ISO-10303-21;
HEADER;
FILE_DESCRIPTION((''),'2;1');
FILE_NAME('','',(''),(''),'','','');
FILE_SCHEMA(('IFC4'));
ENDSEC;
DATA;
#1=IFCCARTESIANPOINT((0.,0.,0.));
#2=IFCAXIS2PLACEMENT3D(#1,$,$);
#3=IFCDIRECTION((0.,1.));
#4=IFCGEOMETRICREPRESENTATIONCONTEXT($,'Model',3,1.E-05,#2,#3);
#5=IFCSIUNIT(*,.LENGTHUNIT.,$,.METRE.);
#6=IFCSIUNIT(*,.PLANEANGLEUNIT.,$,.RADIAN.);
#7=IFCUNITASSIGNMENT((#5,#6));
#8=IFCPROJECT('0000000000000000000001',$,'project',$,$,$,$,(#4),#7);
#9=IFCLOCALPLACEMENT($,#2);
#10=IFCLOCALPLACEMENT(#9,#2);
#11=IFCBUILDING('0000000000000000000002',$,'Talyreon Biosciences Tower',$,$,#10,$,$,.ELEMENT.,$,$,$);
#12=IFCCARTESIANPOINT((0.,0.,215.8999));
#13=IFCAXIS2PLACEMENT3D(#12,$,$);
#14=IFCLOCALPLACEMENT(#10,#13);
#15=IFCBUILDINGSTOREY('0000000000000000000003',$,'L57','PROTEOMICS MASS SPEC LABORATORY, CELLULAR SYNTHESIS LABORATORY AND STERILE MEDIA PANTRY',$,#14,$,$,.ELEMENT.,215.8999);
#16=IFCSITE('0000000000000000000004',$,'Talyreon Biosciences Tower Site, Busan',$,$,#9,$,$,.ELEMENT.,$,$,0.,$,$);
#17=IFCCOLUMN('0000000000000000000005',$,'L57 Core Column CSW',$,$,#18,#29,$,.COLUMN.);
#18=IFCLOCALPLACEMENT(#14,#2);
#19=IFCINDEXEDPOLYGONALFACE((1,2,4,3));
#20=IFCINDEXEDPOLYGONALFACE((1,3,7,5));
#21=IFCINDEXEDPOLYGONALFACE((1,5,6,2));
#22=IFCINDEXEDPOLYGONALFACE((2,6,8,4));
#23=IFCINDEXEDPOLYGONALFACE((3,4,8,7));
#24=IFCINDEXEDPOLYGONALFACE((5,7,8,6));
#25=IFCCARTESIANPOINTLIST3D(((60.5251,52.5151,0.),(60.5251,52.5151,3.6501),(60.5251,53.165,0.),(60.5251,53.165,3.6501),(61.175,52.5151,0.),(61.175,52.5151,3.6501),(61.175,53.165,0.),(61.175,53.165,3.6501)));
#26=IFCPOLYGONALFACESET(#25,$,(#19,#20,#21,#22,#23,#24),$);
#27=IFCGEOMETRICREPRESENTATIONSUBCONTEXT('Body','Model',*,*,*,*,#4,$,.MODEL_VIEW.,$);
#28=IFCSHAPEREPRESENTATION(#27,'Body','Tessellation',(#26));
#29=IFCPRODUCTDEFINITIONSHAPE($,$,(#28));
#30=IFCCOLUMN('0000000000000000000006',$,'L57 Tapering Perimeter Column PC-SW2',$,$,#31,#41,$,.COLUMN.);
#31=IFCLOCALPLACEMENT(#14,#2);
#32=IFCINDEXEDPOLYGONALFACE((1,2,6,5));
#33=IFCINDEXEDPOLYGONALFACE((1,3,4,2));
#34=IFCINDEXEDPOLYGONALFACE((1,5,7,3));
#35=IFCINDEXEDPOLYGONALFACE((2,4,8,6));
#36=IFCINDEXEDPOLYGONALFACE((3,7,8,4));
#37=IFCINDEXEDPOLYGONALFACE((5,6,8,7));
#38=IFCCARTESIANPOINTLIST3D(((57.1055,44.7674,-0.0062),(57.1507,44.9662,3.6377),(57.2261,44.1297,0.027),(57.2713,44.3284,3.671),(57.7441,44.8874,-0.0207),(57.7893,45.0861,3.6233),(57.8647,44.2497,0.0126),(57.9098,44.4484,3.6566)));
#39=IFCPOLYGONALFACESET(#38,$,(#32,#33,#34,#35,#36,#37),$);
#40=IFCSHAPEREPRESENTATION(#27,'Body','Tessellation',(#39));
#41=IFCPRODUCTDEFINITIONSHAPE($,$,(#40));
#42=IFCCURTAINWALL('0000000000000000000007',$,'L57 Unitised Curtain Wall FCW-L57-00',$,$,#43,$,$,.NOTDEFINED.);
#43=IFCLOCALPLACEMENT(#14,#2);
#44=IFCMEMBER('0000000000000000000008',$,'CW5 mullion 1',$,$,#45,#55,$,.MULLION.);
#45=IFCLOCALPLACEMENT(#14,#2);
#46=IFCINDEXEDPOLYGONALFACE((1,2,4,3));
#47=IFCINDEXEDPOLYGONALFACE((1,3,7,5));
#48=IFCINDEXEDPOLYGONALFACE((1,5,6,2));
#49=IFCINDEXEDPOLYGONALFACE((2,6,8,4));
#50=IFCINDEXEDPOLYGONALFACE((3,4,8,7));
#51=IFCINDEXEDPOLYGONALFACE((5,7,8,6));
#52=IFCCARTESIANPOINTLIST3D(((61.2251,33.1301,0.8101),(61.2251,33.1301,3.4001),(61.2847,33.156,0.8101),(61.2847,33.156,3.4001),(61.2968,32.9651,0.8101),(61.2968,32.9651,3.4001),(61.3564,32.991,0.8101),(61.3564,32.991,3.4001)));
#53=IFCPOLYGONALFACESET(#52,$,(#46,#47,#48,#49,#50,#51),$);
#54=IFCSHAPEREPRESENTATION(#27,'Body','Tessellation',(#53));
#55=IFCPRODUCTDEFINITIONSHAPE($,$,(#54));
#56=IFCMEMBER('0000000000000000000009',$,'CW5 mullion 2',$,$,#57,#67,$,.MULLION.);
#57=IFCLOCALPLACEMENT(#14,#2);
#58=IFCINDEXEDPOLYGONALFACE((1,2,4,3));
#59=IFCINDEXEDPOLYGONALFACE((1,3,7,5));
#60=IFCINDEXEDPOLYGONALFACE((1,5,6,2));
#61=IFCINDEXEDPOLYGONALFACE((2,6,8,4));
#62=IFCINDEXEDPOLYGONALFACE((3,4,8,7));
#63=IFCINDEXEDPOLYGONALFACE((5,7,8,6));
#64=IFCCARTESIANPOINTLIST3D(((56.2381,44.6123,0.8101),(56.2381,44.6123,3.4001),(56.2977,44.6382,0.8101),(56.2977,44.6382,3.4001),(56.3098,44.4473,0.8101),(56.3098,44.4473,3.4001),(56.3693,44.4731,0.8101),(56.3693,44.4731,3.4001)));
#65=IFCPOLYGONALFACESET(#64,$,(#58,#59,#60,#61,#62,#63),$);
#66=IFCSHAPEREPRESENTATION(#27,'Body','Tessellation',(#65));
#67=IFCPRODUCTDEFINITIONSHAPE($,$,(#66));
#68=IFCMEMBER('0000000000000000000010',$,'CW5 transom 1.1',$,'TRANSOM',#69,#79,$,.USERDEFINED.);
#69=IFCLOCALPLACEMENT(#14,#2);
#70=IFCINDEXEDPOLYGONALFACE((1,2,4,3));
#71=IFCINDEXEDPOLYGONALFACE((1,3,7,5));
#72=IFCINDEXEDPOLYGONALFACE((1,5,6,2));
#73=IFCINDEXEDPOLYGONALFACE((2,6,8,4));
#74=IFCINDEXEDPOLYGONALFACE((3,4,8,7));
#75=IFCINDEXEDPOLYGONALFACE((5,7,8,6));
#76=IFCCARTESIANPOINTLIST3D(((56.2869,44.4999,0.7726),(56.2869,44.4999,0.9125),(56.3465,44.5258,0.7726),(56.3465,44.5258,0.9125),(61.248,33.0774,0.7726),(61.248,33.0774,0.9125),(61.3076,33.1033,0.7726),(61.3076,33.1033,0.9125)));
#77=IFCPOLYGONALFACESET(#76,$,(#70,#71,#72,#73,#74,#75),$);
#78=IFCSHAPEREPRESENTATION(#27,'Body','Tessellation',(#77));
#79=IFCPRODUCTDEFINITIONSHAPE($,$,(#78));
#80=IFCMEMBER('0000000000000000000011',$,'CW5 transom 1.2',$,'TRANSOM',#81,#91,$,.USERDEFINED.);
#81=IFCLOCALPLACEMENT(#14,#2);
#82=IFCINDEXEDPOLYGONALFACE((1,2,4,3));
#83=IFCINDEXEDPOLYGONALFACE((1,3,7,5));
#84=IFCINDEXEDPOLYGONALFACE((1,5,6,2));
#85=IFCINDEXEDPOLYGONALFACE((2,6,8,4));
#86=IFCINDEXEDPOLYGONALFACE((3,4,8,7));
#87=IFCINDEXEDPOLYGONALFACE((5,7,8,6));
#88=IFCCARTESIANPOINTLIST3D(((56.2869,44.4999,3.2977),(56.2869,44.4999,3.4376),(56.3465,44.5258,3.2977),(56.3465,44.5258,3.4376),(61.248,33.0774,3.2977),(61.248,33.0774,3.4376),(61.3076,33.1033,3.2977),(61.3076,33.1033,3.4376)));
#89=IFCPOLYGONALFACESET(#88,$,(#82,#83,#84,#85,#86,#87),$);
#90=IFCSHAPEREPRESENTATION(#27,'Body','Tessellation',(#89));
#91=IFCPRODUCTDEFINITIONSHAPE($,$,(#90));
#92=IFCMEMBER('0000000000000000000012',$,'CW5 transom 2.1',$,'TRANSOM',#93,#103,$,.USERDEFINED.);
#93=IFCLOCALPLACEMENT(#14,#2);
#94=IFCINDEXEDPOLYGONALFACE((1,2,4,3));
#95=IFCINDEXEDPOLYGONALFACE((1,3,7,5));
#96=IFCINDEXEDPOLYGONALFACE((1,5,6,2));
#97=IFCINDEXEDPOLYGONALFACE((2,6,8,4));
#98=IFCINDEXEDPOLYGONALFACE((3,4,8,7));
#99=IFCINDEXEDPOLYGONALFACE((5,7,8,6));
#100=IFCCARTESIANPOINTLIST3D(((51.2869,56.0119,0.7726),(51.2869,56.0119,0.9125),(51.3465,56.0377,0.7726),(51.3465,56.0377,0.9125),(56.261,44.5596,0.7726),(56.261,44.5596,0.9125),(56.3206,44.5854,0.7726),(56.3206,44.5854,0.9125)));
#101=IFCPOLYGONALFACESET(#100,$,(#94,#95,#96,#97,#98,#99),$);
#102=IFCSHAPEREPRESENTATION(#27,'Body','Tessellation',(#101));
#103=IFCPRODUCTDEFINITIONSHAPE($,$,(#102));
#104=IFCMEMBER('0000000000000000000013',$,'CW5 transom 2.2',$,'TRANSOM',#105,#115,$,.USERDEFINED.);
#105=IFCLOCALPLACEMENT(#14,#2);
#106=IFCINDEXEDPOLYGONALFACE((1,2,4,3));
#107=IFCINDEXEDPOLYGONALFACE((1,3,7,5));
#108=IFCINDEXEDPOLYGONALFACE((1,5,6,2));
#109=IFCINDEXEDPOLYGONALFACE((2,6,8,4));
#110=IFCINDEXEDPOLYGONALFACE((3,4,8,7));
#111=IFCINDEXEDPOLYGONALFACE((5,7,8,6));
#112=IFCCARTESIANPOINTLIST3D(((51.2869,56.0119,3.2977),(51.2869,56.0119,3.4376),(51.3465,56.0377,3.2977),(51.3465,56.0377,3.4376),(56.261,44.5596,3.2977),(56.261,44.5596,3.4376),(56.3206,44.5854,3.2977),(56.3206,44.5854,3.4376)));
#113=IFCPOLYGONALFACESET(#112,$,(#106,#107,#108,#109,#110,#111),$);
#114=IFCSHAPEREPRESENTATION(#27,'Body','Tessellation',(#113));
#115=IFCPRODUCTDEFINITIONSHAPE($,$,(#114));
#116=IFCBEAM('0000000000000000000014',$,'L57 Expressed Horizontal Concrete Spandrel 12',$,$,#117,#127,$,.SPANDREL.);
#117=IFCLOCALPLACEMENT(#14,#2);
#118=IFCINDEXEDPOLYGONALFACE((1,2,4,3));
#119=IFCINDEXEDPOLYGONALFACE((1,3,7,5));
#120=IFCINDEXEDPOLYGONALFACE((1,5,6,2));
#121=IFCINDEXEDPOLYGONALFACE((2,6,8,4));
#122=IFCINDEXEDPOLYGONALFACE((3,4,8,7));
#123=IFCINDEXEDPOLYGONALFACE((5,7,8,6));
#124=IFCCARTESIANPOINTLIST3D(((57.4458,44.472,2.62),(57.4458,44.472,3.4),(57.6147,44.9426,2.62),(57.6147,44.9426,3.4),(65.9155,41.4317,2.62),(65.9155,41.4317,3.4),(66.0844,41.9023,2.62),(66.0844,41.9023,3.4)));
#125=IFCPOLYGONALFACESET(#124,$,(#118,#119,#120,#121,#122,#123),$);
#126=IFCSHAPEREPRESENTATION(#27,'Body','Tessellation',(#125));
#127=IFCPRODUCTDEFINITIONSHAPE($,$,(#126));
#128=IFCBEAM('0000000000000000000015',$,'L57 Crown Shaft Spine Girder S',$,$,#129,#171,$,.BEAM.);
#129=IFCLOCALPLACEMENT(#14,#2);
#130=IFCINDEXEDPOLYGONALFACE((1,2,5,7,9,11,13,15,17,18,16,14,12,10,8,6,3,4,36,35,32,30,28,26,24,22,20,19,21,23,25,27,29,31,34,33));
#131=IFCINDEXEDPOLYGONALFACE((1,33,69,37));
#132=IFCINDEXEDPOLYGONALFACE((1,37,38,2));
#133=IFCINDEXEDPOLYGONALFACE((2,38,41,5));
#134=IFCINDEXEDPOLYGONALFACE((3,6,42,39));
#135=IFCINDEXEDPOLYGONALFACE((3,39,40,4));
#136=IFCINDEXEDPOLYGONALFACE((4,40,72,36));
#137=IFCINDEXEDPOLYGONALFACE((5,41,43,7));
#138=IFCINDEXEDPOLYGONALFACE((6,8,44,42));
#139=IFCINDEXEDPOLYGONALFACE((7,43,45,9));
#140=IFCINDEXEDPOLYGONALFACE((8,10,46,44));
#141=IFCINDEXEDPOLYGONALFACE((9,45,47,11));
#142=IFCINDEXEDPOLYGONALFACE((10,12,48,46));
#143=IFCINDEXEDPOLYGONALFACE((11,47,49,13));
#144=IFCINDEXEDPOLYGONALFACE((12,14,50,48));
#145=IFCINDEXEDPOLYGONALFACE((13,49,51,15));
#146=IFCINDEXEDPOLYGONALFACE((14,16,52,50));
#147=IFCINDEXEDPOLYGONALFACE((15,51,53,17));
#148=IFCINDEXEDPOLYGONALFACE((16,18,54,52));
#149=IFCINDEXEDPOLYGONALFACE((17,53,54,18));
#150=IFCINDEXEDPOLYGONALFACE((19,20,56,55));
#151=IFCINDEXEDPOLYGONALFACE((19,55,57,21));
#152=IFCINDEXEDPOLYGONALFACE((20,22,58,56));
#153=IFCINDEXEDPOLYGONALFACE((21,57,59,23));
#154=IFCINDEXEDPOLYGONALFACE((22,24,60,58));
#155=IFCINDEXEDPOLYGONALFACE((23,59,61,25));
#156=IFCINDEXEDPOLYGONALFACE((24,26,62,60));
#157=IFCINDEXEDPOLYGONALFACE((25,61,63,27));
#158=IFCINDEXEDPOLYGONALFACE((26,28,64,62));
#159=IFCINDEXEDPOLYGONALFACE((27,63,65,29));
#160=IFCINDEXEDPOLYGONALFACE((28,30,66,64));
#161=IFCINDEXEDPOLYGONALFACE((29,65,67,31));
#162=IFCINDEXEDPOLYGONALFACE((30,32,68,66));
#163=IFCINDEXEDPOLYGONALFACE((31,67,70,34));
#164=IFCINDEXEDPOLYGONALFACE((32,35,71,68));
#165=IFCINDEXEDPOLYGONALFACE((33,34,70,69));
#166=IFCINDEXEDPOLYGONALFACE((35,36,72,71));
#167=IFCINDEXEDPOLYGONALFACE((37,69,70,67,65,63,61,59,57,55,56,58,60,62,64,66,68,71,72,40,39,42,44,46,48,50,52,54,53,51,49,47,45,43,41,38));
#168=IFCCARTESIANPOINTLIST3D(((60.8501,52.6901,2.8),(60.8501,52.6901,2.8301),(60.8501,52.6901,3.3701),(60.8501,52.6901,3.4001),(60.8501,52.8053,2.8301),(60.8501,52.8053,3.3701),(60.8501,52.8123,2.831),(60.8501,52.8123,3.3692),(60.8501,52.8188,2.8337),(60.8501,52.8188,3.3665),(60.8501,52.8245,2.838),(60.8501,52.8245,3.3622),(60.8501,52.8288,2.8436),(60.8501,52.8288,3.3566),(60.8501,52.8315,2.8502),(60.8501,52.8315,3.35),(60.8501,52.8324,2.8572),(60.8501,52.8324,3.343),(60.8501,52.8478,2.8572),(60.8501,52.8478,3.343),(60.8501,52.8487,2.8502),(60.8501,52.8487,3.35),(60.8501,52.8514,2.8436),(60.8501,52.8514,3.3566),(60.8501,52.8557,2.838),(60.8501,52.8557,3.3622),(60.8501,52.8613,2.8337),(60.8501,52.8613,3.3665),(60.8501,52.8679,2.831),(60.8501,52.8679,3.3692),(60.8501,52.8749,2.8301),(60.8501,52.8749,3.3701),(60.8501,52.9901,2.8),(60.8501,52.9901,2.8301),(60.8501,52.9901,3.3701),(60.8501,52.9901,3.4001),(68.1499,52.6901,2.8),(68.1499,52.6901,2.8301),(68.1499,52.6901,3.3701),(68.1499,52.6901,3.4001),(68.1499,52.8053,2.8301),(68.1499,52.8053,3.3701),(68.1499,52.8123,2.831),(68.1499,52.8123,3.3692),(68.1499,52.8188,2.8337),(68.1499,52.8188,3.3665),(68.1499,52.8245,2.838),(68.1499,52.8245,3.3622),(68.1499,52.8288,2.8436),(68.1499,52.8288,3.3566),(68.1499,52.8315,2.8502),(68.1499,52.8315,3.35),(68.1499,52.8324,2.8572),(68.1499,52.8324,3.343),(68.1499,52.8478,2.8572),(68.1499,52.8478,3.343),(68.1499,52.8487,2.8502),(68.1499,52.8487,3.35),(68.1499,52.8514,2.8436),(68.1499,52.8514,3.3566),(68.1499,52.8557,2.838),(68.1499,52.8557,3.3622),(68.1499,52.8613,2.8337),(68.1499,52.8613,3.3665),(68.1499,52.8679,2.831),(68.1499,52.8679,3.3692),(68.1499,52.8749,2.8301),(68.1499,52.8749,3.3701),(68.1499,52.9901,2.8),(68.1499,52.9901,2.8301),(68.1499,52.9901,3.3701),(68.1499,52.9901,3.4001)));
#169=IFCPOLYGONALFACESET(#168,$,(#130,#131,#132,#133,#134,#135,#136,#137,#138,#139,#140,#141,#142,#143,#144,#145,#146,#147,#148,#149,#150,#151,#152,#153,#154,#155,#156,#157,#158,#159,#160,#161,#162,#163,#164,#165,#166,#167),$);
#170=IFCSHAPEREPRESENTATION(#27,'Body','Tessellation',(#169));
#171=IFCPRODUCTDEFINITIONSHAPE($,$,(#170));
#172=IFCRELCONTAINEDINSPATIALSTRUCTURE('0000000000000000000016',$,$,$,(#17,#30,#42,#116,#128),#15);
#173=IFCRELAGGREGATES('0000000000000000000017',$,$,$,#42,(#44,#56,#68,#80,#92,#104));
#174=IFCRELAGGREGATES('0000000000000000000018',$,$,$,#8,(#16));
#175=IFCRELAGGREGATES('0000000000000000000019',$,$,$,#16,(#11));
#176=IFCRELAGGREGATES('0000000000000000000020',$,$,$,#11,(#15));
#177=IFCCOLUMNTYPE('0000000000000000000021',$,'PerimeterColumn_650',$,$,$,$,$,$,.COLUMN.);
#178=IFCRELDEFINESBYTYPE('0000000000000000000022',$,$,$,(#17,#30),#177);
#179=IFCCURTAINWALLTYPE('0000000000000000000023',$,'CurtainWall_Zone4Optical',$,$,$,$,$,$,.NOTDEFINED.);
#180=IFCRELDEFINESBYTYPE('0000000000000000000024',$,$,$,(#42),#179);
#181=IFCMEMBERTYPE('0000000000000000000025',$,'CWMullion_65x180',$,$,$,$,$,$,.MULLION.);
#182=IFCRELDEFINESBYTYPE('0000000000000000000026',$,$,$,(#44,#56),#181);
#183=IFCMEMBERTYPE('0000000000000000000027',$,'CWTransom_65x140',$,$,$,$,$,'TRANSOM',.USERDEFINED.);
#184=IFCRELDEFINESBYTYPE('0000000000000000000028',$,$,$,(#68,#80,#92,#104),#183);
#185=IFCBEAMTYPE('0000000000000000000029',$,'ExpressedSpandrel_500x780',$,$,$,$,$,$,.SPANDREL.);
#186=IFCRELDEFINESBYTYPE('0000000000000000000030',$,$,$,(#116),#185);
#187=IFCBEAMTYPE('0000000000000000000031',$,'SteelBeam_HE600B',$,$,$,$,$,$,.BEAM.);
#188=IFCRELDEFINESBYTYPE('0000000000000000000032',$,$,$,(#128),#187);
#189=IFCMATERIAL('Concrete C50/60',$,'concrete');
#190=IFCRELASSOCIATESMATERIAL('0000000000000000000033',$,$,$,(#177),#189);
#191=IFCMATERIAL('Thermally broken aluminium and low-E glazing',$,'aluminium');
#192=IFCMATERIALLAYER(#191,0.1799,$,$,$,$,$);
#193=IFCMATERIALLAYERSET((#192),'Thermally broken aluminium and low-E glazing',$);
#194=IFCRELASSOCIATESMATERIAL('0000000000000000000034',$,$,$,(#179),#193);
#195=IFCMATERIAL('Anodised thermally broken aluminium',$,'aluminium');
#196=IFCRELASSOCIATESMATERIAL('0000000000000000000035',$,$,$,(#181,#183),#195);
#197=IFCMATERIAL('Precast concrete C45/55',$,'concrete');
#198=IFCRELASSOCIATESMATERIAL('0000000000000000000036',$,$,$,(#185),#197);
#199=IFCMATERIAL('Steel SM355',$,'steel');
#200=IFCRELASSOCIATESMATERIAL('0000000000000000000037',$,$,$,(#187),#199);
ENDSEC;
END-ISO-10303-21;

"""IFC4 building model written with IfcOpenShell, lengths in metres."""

from ifc_helpers import new_model, si_unit, direction, frame, origin, origin_2d, place, context, subcontext, project, spatial, rectangle, i_section, extrude, material, layer, layer_set, material_profile, profile_set, type_object, element, aggregate, save


model = new_model("IFC4")

# Units and contexts
model_context = context("Model", 3, precision=1e-05, world=origin(), true_north=direction((0.0, 1.0)))
body_context = subcontext(model_context, "Body", "Model", "MODEL_VIEW")
ifc_project = project(units=[si_unit("LENGTHUNIT", "METRE"), si_unit("PLANEANGLEUNIT", "RADIAN")], contexts=[model_context])

# Site, building, storey
site_placement = place(None, origin())
site = spatial("IfcSite", under=ifc_project, at=site_placement, Name="Talyreon Biosciences Tower Site, Busan", CompositionType="ELEMENT", RefElevation=0.0)
building_placement = place(site_placement, origin())
building = spatial("IfcBuilding", under=site, at=building_placement, Name="Talyreon Biosciences Tower", CompositionType="ELEMENT")
storey_placement = place(building_placement, frame((0.0, 0.0, 215.8999)))
storey = spatial("IfcBuildingStorey", under=building, at=storey_placement, Name="L57", Description="PROTEOMICS MASS SPEC LABORATORY, CELLULAR SYNTHESIS LABORATORY AND STERILE MEDIA PANTRY", CompositionType="ELEMENT", Elevation=215.8999)

# Columns
ifc_material_1 = material(Name="Concrete C50/60", Category="concrete")
ifc_material_profile_1 = material_profile(ifc_material_1, rectangle(XDim=0.6499, YDim=0.6499, at=origin_2d()), Name="RC 650x650")
ifc_profile_set_1 = profile_set([ifc_material_profile_1], Name="Concrete C50/60")
column_type = type_object("IfcColumnType", Name="PerimeterColumn_650", PredefinedType="COLUMN", material=ifc_profile_set_1)
column_1_placement = place(storey_placement, frame((60.8501, 52.8401, 0.0), z_axis=(0.0, 0.0, 1.0), x_axis=(1.0, 0.0, 0.0)))
element("IfcColumn", 1, at=column_1_placement, inside=storey, type_object=column_type, Name="L57 Core Column CSW", PredefinedType="COLUMN", context=body_context, shape_type="SweptSolid", body=[
    extrude(rectangle(XDim=0.6499, YDim=0.6499, at=origin_2d()), origin(), (0.0, 0.0, 1.0), 3.6501),
])
column_2_placement = place(storey_placement, frame((57.4851, 44.5085, 0.0032), z_axis=(0.012375, 0.054451, 0.99844), x_axis=(-0.185516, 0.981306, -0.051217)))
element("IfcColumn", 2, at=column_2_placement, inside=storey, type_object=column_type, Name="L57 Tapering Perimeter Column PC-SW2", PredefinedType="COLUMN", context=body_context, shape_type="SweptSolid", body=[
    extrude(rectangle(XDim=0.6499, YDim=0.6499, at=origin_2d()), origin(), (0.0, 0.0, 1.0), 3.6497),
])

# Curtain wall, members
ifc_material_2 = material(Name="Thermally broken aluminium and low-E glazing", Category="aluminium")
ifc_layer_1 = layer(ifc_material_2, 0.1799)
ifc_layer_set_1 = layer_set([ifc_layer_1], Name="Thermally broken aluminium and low-E glazing")
curtain_wall_type = type_object("IfcCurtainWallType", Name="CurtainWall_Zone4Optical", PredefinedType="NOTDEFINED", material=ifc_layer_set_1)
curtain_wall_placement = place(storey_placement, origin())
curtain_wall = element("IfcCurtainWall", 3, at=curtain_wall_placement, inside=storey, type_object=curtain_wall_type, Name="L57 Unitised Curtain Wall FCW-L57-00", PredefinedType="NOTDEFINED")
ifc_material_3 = material(Name="Anodised thermally broken aluminium", Category="aluminium")
ifc_material_profile_2 = material_profile(ifc_material_3, rectangle(XDim=0.0649, YDim=0.1799, at=origin_2d()), Name="ALUM MULLION 65x180")
ifc_profile_set_2 = profile_set([ifc_material_profile_2], Name="Anodised thermally broken aluminium")
member_type_1 = type_object("IfcMemberType", Name="CWMullion_65x180", PredefinedType="MULLION", material=ifc_profile_set_2)
member_1_placement = place(storey_placement, frame((61.2908, 33.0605, 0.8101), z_axis=(0.0, 0.0, 1.0), x_axis=(-0.917222, -0.398376, 0.0)))
member_1 = element("IfcMember", 4, at=member_1_placement, type_object=member_type_1, Name="CW5 mullion 1", PredefinedType="MULLION", context=body_context, shape_type="SweptSolid", body=[
    extrude(rectangle(XDim=0.0649, YDim=0.1799, at=origin_2d()), origin(), (0.0, 0.0, 1.0), 2.5901),
])
member_2_placement = place(storey_placement, frame((56.3037, 44.5427, 0.8101), z_axis=(0.0, 0.0, 1.0), x_axis=(-0.917222, -0.398376, 0.0)))
member_2 = element("IfcMember", 5, at=member_2_placement, type_object=member_type_1, Name="CW5 mullion 2", PredefinedType="MULLION", context=body_context, shape_type="SweptSolid", body=[
    extrude(rectangle(XDim=0.0649, YDim=0.1799, at=origin_2d()), origin(), (0.0, 0.0, 1.0), 2.5901),
])
ifc_material_profile_3 = material_profile(ifc_material_3, rectangle(XDim=0.0649, YDim=0.1399, at=origin_2d()), Name="ALUM TRANSOM 65x140")
ifc_profile_set_3 = profile_set([ifc_material_profile_3], Name="Anodised thermally broken aluminium")
member_type_2 = type_object("IfcMemberType", Name="CWTransom_65x140", ElementType="TRANSOM", PredefinedType="USERDEFINED", material=ifc_profile_set_3)
member_3_placement = place(storey_placement, frame((61.2778, 33.0903, 0.8425), z_axis=(-0.398377, 0.917222, 0.0), x_axis=(-0.917222, -0.398377, 0.0)))
member_3 = element("IfcMember", 6, at=member_3_placement, type_object=member_type_2, Name="CW5 transom 1.1", ObjectType="TRANSOM", PredefinedType="USERDEFINED", context=body_context, shape_type="SweptSolid", body=[
    extrude(rectangle(XDim=0.0649, YDim=0.1399, at=origin_2d()), origin(), (0.0, 0.0, 1.0), 12.4534),
])
member_4_placement = place(storey_placement, frame((61.2778, 33.0903, 3.3677), z_axis=(-0.398377, 0.917222, 0.0), x_axis=(-0.917222, -0.398377, 0.0)))
member_4 = element("IfcMember", 7, at=member_4_placement, type_object=member_type_2, Name="CW5 transom 1.2", ObjectType="TRANSOM", PredefinedType="USERDEFINED", context=body_context, shape_type="SweptSolid", body=[
    extrude(rectangle(XDim=0.0649, YDim=0.1399, at=origin_2d()), origin(), (0.0, 0.0, 1.0), 12.4534),
])
member_5_placement = place(storey_placement, frame((56.2908, 44.5725, 0.8425), z_axis=(-0.398377, 0.917222, 0.0), x_axis=(-0.917222, -0.398377, 0.0)))
member_5 = element("IfcMember", 8, at=member_5_placement, type_object=member_type_2, Name="CW5 transom 2.1", ObjectType="TRANSOM", PredefinedType="USERDEFINED", context=body_context, shape_type="SweptSolid", body=[
    extrude(rectangle(XDim=0.0649, YDim=0.1399, at=origin_2d()), origin(), (0.0, 0.0, 1.0), 12.4858),
])
member_6_placement = place(storey_placement, frame((56.2908, 44.5725, 3.3677), z_axis=(-0.398377, 0.917222, 0.0), x_axis=(-0.917222, -0.398377, 0.0)))
member_6 = element("IfcMember", 9, at=member_6_placement, type_object=member_type_2, Name="CW5 transom 2.2", ObjectType="TRANSOM", PredefinedType="USERDEFINED", context=body_context, shape_type="SweptSolid", body=[
    extrude(rectangle(XDim=0.0649, YDim=0.1399, at=origin_2d()), origin(), (0.0, 0.0, 1.0), 12.4858),
])

# Beams
ifc_material_4 = material(Name="Precast concrete C45/55", Category="concrete")
ifc_material_profile_4 = material_profile(ifc_material_4, rectangle(XDim=0.5, YDim=0.78, at=origin_2d()), Name="RCB 500x780")
ifc_profile_set_4 = profile_set([ifc_material_profile_4], Name="Precast concrete C45/55")
beam_type_1 = type_object("IfcBeamType", Name="ExpressedSpandrel_500x780", PredefinedType="SPANDREL", material=ifc_profile_set_4)
beam_1_placement = place(storey_placement, frame((57.5303, 44.7073, 3.01), z_axis=(0.941199, -0.337852, 0.0), x_axis=(0.337852, 0.941199, 0.0)))
element("IfcBeam", 10, at=beam_1_placement, inside=storey, type_object=beam_type_1, Name="L57 Expressed Horizontal Concrete Spandrel 12", PredefinedType="SPANDREL", context=body_context, shape_type="SweptSolid", body=[
    extrude(rectangle(XDim=0.5, YDim=0.78, at=origin_2d()), origin(), (0.0, 0.0, 1.0), 8.9988),
])
ifc_material_5 = material(Name="Steel SM355", Category="steel")
ifc_material_profile_5 = material_profile(ifc_material_5, i_section(OverallWidth=0.3, OverallDepth=0.6001, WebThickness=0.0154, FlangeThickness=0.03, FilletRadius=0.0271, at=origin_2d()), Name="HE600B")
ifc_profile_set_5 = profile_set([ifc_material_profile_5], Name="Steel SM355")
beam_type_2 = type_object("IfcBeamType", Name="SteelBeam_HE600B", PredefinedType="BEAM", material=ifc_profile_set_5)
beam_2_placement = place(storey_placement, frame((60.8501, 52.8401, 3.1001), z_axis=(1.0, 0.0, 0.0), x_axis=(0.0, 1.0, 0.0)))
element("IfcBeam", 11, at=beam_2_placement, inside=storey, type_object=beam_type_2, Name="L57 Crown Shaft Spine Girder S", PredefinedType="BEAM", context=body_context, shape_type="SweptSolid", body=[
    extrude(i_section(OverallWidth=0.3, OverallDepth=0.6001, WebThickness=0.0154, FlangeThickness=0.03, FilletRadius=0.0271, at=origin_2d()), origin(), (0.0, 0.0, 1.0), 7.2998),
])

aggregate(curtain_wall, [member_1, member_2, member_3, member_4, member_5, member_6])

save(model, "model.ifc")
